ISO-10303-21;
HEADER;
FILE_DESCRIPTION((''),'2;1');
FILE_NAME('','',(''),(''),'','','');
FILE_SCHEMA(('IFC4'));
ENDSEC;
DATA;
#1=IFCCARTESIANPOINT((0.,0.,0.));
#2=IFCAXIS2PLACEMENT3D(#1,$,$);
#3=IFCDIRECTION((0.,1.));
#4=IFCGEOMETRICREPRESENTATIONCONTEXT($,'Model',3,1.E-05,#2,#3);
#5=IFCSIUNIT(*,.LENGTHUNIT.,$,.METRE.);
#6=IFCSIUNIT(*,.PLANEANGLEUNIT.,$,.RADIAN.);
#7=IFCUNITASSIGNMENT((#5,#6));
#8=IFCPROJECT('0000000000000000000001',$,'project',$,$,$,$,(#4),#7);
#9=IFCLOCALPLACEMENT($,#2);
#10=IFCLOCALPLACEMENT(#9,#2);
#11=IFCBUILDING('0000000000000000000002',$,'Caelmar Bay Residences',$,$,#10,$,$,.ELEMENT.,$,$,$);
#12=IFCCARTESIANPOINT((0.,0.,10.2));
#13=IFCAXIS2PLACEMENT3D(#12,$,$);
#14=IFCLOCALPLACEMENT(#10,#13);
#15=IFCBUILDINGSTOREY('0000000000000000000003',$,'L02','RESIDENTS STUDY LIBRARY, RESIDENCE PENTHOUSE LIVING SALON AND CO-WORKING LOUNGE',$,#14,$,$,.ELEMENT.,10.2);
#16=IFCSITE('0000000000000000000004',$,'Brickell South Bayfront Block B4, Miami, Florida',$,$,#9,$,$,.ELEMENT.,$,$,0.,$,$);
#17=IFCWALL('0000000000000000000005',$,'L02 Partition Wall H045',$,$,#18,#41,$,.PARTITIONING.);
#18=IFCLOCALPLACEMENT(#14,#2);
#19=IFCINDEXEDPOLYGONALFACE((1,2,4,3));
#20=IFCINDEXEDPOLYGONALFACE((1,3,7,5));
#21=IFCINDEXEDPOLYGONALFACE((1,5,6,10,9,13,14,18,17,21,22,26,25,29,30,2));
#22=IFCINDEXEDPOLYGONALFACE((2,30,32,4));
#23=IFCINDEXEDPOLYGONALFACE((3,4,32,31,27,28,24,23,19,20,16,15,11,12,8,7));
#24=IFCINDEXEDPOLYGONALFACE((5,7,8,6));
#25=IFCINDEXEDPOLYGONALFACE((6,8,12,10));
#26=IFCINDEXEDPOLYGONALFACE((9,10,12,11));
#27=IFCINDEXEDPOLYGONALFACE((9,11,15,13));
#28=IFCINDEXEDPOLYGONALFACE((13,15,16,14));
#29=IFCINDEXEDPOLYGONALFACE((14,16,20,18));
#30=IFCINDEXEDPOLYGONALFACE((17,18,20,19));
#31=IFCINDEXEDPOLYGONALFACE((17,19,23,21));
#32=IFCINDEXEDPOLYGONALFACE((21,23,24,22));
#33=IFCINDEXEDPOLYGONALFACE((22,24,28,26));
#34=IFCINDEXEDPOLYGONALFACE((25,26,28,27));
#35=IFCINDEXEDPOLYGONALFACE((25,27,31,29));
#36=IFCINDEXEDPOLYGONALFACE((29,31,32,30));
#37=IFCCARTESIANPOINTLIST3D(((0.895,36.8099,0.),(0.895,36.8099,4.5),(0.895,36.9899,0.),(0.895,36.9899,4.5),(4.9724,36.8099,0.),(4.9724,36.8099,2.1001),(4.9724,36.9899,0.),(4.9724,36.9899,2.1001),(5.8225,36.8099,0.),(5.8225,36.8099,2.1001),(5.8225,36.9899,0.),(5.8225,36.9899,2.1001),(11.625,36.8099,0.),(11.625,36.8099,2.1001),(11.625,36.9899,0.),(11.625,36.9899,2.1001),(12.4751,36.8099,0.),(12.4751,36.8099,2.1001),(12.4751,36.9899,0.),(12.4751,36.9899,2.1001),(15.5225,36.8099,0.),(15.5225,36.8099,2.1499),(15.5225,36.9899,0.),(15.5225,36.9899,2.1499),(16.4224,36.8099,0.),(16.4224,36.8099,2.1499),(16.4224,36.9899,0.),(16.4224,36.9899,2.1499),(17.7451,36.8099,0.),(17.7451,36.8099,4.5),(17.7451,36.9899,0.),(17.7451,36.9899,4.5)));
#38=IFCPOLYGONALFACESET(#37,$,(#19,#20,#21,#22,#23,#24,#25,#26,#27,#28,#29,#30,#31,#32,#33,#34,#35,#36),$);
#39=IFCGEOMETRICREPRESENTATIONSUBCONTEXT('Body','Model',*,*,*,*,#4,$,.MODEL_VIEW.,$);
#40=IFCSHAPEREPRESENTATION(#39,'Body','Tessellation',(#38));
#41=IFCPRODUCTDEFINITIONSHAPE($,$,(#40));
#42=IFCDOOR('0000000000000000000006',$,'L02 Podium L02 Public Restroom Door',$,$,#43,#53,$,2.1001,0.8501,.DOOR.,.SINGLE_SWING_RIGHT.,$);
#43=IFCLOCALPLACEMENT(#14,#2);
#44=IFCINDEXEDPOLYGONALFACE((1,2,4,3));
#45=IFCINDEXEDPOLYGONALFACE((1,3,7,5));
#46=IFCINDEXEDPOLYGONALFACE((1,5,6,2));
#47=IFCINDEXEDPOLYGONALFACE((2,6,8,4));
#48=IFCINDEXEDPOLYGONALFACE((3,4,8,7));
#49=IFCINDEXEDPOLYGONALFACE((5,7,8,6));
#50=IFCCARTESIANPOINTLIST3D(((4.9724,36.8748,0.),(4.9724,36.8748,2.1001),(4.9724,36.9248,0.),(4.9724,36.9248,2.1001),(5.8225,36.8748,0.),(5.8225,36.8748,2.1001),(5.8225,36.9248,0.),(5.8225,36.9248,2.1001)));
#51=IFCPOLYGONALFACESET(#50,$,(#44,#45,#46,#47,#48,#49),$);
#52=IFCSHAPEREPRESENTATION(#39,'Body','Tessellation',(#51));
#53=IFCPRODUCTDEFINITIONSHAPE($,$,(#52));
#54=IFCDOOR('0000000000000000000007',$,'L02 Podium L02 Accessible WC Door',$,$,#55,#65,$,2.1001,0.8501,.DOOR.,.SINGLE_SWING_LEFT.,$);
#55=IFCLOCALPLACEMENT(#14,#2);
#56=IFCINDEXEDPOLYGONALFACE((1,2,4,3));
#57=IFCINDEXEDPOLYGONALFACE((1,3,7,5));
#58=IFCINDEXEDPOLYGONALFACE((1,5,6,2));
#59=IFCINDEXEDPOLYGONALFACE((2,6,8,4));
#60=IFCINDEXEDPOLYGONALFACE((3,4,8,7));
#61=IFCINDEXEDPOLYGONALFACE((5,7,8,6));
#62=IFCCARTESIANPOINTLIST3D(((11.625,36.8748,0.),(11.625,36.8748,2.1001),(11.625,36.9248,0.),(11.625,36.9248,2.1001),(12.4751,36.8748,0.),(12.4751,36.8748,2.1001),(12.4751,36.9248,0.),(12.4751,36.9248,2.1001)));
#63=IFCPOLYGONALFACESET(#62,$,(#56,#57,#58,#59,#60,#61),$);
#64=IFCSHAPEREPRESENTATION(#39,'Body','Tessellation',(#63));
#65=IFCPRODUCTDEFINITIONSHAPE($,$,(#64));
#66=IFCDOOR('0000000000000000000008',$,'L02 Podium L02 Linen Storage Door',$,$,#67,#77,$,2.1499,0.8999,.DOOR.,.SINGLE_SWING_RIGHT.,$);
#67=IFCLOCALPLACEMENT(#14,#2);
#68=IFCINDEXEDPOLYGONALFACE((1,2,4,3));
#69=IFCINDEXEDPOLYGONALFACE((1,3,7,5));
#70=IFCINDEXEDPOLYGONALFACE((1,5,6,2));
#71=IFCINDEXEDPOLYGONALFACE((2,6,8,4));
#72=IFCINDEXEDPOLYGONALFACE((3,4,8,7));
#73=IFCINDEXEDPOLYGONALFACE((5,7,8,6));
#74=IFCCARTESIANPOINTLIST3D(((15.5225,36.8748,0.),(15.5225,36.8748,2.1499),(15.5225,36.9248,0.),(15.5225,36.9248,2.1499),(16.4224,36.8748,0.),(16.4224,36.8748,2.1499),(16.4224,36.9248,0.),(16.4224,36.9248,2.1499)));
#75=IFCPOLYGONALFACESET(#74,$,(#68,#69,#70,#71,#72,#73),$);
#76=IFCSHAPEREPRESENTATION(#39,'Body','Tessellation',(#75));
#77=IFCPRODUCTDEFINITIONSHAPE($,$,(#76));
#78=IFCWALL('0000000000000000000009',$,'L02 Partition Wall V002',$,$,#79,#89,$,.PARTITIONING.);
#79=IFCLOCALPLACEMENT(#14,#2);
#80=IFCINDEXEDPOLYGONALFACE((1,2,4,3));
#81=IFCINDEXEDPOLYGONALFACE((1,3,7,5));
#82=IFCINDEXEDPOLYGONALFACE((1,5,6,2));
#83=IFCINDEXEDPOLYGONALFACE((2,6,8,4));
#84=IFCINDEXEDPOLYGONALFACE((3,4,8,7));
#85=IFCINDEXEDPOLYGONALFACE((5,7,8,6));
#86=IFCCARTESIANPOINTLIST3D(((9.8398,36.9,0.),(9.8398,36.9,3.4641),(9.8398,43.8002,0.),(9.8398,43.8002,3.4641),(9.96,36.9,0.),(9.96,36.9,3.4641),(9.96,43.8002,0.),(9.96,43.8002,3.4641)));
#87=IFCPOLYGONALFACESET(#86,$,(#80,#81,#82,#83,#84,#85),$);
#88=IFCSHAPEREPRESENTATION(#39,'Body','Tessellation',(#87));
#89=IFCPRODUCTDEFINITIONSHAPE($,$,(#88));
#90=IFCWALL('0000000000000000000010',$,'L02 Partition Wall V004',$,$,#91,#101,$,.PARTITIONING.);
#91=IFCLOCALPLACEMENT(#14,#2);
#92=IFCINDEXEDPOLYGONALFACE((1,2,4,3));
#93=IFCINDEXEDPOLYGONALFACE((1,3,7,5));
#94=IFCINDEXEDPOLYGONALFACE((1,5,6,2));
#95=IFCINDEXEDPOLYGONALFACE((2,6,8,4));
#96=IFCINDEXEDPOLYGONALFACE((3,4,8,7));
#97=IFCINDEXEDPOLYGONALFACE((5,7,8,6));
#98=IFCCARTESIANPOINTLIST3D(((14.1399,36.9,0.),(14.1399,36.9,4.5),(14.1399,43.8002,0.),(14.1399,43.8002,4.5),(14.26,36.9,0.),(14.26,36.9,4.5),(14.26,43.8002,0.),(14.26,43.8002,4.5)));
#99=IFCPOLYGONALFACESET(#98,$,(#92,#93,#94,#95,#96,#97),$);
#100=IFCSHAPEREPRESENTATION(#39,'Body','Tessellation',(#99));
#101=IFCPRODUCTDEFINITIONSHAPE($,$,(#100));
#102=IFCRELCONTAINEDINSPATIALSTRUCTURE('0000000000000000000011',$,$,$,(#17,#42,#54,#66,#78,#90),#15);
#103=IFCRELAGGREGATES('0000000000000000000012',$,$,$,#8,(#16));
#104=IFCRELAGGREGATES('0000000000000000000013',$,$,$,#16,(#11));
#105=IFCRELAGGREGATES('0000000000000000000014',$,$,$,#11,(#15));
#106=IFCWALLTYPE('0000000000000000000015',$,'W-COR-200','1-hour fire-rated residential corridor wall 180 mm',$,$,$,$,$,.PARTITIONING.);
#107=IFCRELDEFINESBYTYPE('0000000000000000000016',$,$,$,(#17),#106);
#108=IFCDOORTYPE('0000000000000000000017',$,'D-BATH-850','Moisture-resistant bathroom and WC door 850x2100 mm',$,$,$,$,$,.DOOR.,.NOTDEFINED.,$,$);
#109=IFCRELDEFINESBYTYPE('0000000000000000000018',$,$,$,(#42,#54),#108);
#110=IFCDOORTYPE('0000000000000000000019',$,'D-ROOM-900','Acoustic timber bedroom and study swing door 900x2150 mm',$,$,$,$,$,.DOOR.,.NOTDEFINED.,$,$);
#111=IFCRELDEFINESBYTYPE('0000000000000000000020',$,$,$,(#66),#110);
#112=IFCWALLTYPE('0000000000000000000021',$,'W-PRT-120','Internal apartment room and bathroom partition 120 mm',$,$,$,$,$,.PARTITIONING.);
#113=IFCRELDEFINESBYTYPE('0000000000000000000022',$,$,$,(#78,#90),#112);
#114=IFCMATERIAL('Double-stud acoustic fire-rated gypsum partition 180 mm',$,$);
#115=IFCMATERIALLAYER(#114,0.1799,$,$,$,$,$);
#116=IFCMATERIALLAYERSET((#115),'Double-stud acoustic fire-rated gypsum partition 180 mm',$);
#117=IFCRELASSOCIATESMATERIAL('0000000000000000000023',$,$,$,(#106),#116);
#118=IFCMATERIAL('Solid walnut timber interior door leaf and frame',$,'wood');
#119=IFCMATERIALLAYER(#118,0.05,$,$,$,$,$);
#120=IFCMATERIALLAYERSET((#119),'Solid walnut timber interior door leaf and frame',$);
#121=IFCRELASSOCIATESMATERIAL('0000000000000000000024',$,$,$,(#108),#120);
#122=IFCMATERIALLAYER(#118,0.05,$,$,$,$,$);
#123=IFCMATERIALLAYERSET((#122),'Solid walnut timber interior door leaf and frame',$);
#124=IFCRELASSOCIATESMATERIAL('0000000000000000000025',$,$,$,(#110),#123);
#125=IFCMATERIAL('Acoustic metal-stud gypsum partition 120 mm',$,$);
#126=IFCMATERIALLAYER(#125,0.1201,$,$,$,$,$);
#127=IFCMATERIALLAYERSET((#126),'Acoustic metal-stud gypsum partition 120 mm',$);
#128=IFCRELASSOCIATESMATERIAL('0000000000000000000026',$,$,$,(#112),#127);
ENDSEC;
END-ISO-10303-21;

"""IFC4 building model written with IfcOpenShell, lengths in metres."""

from ifc_helpers import new_model, si_unit, direction, frame, frame_2d, origin, place, context, subcontext, project, spatial, rectangle, extrude, material, layer, layer_set, type_object, element, fill, save


model = new_model("IFC4")

# Units and contexts
model_context = context("Model", 3, precision=1e-05, world=origin(), true_north=direction((0.0, 1.0)))
body_context = subcontext(model_context, "Body", "Model", "MODEL_VIEW")
ifc_project = project(units=[si_unit("LENGTHUNIT", "METRE"), si_unit("PLANEANGLEUNIT", "RADIAN")], contexts=[model_context])

# Site, building, storey
site_placement = place(None, origin())
site = spatial("IfcSite", under=ifc_project, at=site_placement, Name="Brickell South Bayfront Block B4, Miami, Florida", CompositionType="ELEMENT", RefElevation=0.0)
building_placement = place(site_placement, origin())
building = spatial("IfcBuilding", under=site, at=building_placement, Name="Caelmar Bay Residences", CompositionType="ELEMENT")
storey_placement = place(building_placement, frame((0.0, 0.0, 10.2)))
storey = spatial("IfcBuildingStorey", under=building, at=storey_placement, Name="L02", Description="RESIDENTS STUDY LIBRARY, RESIDENCE PENTHOUSE LIVING SALON AND CO-WORKING LOUNGE", CompositionType="ELEMENT", Elevation=10.2)

# Wall, openings, doors
ifc_material_1 = material(Name="Double-stud acoustic fire-rated gypsum partition 180 mm")
ifc_layer_1 = layer(ifc_material_1, 0.1799)
ifc_layer_set_1 = layer_set([ifc_layer_1], Name="Double-stud acoustic fire-rated gypsum partition 180 mm")
wall_type_1 = type_object("IfcWallType", Name="W-COR-200", Description="1-hour fire-rated residential corridor wall 180 mm", PredefinedType="PARTITIONING", material=ifc_layer_set_1)
wall_1_placement = place(storey_placement, frame((0.895, 36.8999, 0.0), z_axis=(0.0, 0.0, 1.0), x_axis=(1.0, 0.0, 0.0)))
wall_1 = element("IfcWall", 1, at=wall_1_placement, inside=storey, type_object=wall_type_1, Name="L02 Partition Wall H045", PredefinedType="PARTITIONING", context=body_context, shape_type="SweptSolid", body=[
    extrude(rectangle(XDim=16.8501, YDim=0.1799, at=frame_2d((8.425, 0.0))), origin(), (0.0, 0.0, 1.0), 4.5),
])
opening_1_placement = place(wall_1_placement, frame((4.0774, 0.0, 0.0)))
opening_1 = element("IfcOpeningElement", 2, at=opening_1_placement, cuts=wall_1, PredefinedType="OPENING", context=body_context, shape_type="SweptSolid", body=[
    extrude(rectangle(XDim=0.8501, YDim=2.1001, at=frame_2d((0.425, 1.05))), frame((0.0, 0.0999, 0.0), z_axis=(0.0, -1.0, 0.0), x_axis=(1.0, 0.0, 0.0)), (0.0, 0.0, 1.0), 0.2),
])
opening_2_placement = place(wall_1_placement, frame((10.73, 0.0, 0.0)))
opening_2 = element("IfcOpeningElement", 3, at=opening_2_placement, cuts=wall_1, PredefinedType="OPENING", context=body_context, shape_type="SweptSolid", body=[
    extrude(rectangle(XDim=0.8501, YDim=2.1001, at=frame_2d((0.425, 1.05))), frame((0.0, 0.0999, 0.0), z_axis=(0.0, -1.0, 0.0), x_axis=(1.0, 0.0, 0.0)), (0.0, 0.0, 1.0), 0.2),
])
opening_3_placement = place(wall_1_placement, frame((14.6274, 0.0, 0.0)))
opening_3 = element("IfcOpeningElement", 4, at=opening_3_placement, cuts=wall_1, PredefinedType="OPENING", context=body_context, shape_type="SweptSolid", body=[
    extrude(rectangle(XDim=0.8999, YDim=2.1499, at=frame_2d((0.45, 1.075))), frame((0.0, 0.0999, 0.0), z_axis=(0.0, -1.0, 0.0), x_axis=(1.0, 0.0, 0.0)), (0.0, 0.0, 1.0), 0.2),
])
ifc_material_2 = material(Name="Solid walnut timber interior door leaf and frame", Category="wood")
ifc_layer_2 = layer(ifc_material_2, 0.05)
ifc_layer_set_2 = layer_set([ifc_layer_2], Name="Solid walnut timber interior door leaf and frame")
door_type_1 = type_object("IfcDoorType", Name="D-BATH-850", Description="Moisture-resistant bathroom and WC door 850x2100 mm", OperationType="NOTDEFINED", PredefinedType="DOOR", material=ifc_layer_set_2)
door_1_placement = place(opening_1_placement, origin())
door_1 = element("IfcDoor", 5, at=door_1_placement, inside=storey, type_object=door_type_1, Name="L02 Podium L02 Public Restroom Door", OperationType="SINGLE_SWING_RIGHT", OverallHeight=2.1001, OverallWidth=0.8501, PredefinedType="DOOR", context=body_context, shape_type="SweptSolid", body=[
    extrude(rectangle(XDim=0.8501, YDim=2.1001, at=frame_2d((0.425, 1.05))), frame((0.0, 0.0249, 0.0), z_axis=(0.0, -1.0, 0.0), x_axis=(1.0, 0.0, 0.0)), (0.0, 0.0, 1.0), 0.05),
])
fill(opening_1, door_1)
door_2_placement = place(opening_2_placement, origin())
door_2 = element("IfcDoor", 6, at=door_2_placement, inside=storey, type_object=door_type_1, Name="L02 Podium L02 Accessible WC Door", OperationType="SINGLE_SWING_LEFT", OverallHeight=2.1001, OverallWidth=0.8501, PredefinedType="DOOR", context=body_context, shape_type="SweptSolid", body=[
    extrude(rectangle(XDim=0.8501, YDim=2.1001, at=frame_2d((0.425, 1.05))), frame((0.0, 0.0249, 0.0), z_axis=(0.0, -1.0, 0.0), x_axis=(1.0, 0.0, 0.0)), (0.0, 0.0, 1.0), 0.05),
])
fill(opening_2, door_2)
ifc_layer_3 = layer(ifc_material_2, 0.05)
ifc_layer_set_3 = layer_set([ifc_layer_3], Name="Solid walnut timber interior door leaf and frame")
door_type_2 = type_object("IfcDoorType", Name="D-ROOM-900", Description="Acoustic timber bedroom and study swing door 900x2150 mm", OperationType="NOTDEFINED", PredefinedType="DOOR", material=ifc_layer_set_3)
door_3_placement = place(opening_3_placement, origin())
door_3 = element("IfcDoor", 7, at=door_3_placement, inside=storey, type_object=door_type_2, Name="L02 Podium L02 Linen Storage Door", OperationType="SINGLE_SWING_RIGHT", OverallHeight=2.1499, OverallWidth=0.8999, PredefinedType="DOOR", context=body_context, shape_type="SweptSolid", body=[
    extrude(rectangle(XDim=0.8999, YDim=2.1499, at=frame_2d((0.45, 1.075))), frame((0.0, 0.0249, 0.0), z_axis=(0.0, -1.0, 0.0), x_axis=(1.0, 0.0, 0.0)), (0.0, 0.0, 1.0), 0.05),
])
fill(opening_3, door_3)

# Walls
ifc_material_3 = material(Name="Acoustic metal-stud gypsum partition 120 mm")
ifc_layer_4 = layer(ifc_material_3, 0.1201)
ifc_layer_set_4 = layer_set([ifc_layer_4], Name="Acoustic metal-stud gypsum partition 120 mm")
wall_type_2 = type_object("IfcWallType", Name="W-PRT-120", Description="Internal apartment room and bathroom partition 120 mm", PredefinedType="PARTITIONING", material=ifc_layer_set_4)
wall_2_placement = place(storey_placement, frame((9.8999, 36.8999, 0.0), z_axis=(0.0, 0.0, 1.0), x_axis=(0.0, 1.0, 0.0)))
element("IfcWall", 8, at=wall_2_placement, inside=storey, type_object=wall_type_2, Name="L02 Partition Wall V002", PredefinedType="PARTITIONING", context=body_context, shape_type="SweptSolid", body=[
    extrude(rectangle(XDim=6.9001, YDim=0.1201, at=frame_2d((3.4502, 0.0))), origin(), (0.0, 0.0, 1.0), 3.4641),
])
wall_3_placement = place(storey_placement, frame((14.2, 36.8999, 0.0), z_axis=(0.0, 0.0, 1.0), x_axis=(0.0, 1.0, 0.0)))
element("IfcWall", 9, at=wall_3_placement, inside=storey, type_object=wall_type_2, Name="L02 Partition Wall V004", PredefinedType="PARTITIONING", context=body_context, shape_type="SweptSolid", body=[
    extrude(rectangle(XDim=6.9001, YDim=0.1201, at=frame_2d((3.4502, 0.0))), origin(), (0.0, 0.0, 1.0), 4.5),
])

save(model, "model.ifc")
